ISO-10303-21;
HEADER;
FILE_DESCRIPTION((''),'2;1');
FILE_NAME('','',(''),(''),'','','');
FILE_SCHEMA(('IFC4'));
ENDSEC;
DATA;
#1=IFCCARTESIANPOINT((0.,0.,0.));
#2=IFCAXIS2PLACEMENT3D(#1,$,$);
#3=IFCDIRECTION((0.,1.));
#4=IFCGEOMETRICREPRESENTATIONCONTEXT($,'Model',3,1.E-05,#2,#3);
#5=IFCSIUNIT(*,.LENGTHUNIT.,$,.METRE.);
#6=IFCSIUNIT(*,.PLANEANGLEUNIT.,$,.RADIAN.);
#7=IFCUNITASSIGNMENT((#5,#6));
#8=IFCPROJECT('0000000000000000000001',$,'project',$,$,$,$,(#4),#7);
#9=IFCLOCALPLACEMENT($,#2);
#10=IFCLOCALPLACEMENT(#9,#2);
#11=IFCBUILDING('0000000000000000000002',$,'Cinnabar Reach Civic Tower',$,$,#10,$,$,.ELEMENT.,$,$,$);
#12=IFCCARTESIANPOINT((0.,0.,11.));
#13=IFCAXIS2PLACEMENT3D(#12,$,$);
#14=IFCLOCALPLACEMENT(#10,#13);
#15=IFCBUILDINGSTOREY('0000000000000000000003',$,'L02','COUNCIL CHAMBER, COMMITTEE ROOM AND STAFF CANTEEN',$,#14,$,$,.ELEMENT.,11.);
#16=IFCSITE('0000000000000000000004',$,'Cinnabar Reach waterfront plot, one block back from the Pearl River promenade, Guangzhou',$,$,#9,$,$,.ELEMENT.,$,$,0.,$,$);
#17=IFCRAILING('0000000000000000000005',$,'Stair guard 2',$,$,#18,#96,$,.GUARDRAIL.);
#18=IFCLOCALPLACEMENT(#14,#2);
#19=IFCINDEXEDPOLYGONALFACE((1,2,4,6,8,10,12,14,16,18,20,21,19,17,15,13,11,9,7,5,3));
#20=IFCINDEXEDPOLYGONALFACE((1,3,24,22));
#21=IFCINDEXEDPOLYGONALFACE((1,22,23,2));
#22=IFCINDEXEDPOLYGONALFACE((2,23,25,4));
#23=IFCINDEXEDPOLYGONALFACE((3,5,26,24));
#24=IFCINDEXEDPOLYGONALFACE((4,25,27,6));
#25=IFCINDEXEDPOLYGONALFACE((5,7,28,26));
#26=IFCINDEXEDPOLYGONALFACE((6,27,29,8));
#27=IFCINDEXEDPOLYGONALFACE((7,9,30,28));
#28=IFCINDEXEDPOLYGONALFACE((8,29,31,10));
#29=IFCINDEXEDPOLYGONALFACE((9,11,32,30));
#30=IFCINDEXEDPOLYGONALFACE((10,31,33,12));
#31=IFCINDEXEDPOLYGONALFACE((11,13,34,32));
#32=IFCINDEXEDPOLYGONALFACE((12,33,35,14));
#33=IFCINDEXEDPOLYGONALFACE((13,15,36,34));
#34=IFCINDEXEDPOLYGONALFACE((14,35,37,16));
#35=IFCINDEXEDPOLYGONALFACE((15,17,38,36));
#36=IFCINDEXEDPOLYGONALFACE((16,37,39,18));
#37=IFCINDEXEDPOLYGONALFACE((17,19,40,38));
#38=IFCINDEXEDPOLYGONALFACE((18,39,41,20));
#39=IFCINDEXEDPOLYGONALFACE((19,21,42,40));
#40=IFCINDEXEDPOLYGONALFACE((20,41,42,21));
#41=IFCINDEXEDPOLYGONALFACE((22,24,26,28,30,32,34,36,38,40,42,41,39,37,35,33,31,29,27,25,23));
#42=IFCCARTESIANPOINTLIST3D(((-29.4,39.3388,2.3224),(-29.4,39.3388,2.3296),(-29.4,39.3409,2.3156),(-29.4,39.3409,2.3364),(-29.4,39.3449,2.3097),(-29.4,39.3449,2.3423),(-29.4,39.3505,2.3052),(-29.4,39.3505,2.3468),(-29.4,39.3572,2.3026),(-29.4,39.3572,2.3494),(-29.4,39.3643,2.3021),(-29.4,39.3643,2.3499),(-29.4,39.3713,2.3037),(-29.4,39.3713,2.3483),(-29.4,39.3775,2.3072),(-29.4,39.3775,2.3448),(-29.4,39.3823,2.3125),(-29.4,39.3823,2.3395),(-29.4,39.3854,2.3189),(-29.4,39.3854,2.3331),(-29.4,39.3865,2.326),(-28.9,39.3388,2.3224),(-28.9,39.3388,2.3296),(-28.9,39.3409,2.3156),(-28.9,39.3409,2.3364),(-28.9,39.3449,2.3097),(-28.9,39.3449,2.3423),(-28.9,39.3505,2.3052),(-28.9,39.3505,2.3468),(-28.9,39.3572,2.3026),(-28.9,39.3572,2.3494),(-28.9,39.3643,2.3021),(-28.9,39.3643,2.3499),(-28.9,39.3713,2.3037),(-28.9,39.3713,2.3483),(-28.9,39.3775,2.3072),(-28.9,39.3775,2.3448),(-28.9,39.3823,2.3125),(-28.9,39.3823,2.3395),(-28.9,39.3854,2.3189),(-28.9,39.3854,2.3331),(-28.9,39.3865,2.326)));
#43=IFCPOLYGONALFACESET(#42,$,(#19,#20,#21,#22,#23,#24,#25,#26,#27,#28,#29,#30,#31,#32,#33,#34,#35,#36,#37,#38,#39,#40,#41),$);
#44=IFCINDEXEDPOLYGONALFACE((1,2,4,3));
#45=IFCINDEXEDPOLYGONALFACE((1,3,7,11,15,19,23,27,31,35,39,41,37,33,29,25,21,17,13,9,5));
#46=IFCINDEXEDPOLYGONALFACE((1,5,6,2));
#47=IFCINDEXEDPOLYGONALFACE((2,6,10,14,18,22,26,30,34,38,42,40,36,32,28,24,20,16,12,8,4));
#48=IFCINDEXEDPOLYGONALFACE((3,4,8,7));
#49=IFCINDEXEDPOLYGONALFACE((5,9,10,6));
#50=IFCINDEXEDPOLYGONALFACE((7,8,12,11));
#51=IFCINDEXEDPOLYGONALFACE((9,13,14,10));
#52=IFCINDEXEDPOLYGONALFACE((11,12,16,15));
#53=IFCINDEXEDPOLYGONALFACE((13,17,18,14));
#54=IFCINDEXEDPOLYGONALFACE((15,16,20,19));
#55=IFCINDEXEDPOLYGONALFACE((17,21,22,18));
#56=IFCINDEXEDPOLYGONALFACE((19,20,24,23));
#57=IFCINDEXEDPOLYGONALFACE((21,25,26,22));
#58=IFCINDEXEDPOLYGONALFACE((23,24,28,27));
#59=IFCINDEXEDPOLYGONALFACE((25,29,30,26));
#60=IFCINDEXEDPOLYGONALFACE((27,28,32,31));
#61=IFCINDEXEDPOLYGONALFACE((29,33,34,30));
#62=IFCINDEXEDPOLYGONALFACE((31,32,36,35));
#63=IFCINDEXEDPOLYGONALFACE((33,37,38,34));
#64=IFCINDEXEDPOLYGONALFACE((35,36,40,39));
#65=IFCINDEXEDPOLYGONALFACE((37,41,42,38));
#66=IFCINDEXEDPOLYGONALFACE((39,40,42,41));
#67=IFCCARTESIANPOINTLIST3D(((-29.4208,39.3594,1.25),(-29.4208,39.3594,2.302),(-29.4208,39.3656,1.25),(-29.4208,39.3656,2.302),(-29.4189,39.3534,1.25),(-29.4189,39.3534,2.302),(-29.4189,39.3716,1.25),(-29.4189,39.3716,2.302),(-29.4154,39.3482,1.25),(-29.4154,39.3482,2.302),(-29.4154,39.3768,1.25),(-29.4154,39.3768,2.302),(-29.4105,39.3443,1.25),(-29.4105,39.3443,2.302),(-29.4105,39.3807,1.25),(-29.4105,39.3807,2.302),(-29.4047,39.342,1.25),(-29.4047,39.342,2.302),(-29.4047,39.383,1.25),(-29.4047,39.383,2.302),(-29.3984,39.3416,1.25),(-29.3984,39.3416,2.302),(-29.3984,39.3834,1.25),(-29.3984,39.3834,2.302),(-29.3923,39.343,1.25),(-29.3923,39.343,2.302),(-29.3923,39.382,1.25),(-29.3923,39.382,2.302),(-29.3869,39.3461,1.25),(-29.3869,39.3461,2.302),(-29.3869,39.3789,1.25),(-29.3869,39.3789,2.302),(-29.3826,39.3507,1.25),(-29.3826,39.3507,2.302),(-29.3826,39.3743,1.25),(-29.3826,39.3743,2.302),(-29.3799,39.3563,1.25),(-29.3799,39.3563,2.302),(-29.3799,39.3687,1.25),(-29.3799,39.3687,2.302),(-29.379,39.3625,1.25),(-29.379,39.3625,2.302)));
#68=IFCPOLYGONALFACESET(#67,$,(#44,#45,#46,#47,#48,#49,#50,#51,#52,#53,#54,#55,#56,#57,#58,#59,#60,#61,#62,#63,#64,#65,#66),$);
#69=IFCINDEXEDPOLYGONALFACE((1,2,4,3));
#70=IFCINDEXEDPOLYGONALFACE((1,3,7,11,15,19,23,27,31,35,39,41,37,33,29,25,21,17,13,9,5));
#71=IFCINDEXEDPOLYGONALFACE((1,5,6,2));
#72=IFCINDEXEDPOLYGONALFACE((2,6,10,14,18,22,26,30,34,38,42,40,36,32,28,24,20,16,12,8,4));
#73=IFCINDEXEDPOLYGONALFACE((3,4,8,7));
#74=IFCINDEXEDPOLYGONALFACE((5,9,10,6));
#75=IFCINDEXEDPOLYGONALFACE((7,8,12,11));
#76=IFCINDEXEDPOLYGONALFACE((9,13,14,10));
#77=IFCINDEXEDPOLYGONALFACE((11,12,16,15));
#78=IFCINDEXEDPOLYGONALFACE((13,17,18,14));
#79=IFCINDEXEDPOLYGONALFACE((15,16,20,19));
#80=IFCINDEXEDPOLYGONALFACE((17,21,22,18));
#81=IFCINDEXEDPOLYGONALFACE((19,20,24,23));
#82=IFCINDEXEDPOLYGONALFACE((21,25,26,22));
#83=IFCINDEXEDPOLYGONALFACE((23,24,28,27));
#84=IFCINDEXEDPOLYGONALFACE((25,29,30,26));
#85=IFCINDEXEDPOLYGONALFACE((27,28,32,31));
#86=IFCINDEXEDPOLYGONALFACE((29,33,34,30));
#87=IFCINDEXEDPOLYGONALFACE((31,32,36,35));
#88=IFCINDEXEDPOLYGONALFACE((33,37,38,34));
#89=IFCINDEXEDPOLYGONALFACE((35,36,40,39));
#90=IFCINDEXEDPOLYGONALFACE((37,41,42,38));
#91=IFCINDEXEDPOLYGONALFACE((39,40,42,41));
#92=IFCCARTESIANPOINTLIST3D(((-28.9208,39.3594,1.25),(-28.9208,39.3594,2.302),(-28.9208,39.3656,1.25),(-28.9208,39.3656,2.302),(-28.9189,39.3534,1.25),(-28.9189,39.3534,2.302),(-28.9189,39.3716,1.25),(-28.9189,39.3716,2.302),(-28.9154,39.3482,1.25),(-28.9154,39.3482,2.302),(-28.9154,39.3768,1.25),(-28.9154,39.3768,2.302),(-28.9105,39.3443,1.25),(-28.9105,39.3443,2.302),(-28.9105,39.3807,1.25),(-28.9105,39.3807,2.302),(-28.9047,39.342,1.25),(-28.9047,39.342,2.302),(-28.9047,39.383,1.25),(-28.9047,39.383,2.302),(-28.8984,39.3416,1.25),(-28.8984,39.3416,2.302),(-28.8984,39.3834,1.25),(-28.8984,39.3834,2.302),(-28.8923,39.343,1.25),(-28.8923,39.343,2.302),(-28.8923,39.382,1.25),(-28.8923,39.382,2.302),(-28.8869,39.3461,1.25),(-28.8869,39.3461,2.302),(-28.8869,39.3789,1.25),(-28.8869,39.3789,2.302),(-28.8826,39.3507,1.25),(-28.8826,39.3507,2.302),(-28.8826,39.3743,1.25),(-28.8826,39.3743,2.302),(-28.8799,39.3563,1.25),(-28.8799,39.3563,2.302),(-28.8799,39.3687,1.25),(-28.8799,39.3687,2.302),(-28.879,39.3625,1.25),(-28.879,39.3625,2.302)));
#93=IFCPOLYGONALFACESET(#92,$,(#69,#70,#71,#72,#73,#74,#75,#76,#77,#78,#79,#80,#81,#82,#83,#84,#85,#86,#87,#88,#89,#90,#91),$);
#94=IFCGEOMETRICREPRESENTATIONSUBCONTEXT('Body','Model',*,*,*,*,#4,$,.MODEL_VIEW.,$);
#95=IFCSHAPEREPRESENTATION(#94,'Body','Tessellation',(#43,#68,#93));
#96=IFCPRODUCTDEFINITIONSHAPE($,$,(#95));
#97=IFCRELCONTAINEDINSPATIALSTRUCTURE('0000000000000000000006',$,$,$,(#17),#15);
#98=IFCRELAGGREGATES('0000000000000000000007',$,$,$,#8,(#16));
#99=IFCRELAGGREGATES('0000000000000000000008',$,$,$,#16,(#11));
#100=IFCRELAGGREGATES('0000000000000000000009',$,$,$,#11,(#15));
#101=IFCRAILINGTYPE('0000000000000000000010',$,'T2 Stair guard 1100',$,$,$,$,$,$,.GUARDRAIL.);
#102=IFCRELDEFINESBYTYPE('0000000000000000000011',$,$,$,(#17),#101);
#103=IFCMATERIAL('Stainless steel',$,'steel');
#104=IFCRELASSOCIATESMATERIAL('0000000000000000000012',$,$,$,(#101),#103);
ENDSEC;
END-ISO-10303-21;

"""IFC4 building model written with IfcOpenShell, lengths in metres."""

from ifc_helpers import new_model, si_unit, direction, frame, origin, origin_2d, place, context, subcontext, project, spatial, circle, extrude, material, type_object, element, save


model = new_model("IFC4")

# Units and contexts
model_context = context("Model", 3, precision=1e-05, world=origin(), true_north=direction((0.0, 1.0)))
body_context = subcontext(model_context, "Body", "Model", "MODEL_VIEW")
ifc_project = project(units=[si_unit("LENGTHUNIT", "METRE"), si_unit("PLANEANGLEUNIT", "RADIAN")], contexts=[model_context])

# Site, building, storey
site_placement = place(None, origin())
site = spatial("IfcSite", under=ifc_project, at=site_placement, Name="Cinnabar Reach waterfront plot, one block back from the Pearl River promenade, Guangzhou", CompositionType="ELEMENT", RefElevation=0.0)
building_placement = place(site_placement, origin())
building = spatial("IfcBuilding", under=site, at=building_placement, Name="Cinnabar Reach Civic Tower", CompositionType="ELEMENT")
storey_placement = place(building_placement, frame((0.0, 0.0, 11.0)))
storey = spatial("IfcBuildingStorey", under=building, at=storey_placement, Name="L02", Description="COUNCIL CHAMBER, COMMITTEE ROOM AND STAFF CANTEEN", CompositionType="ELEMENT", Elevation=11.0)

# Railing
ifc_material_1 = material(Name="Stainless steel", Category="steel")
railing_type = type_object("IfcRailingType", Name="T2 Stair guard 1100", PredefinedType="GUARDRAIL", material=ifc_material_1)
railing_1_placement = place(storey_placement, frame((-29.4, 39.3625, 1.25)))
element("IfcRailing", 1, at=railing_1_placement, inside=storey, type_object=railing_type, Name="Stair guard 2", PredefinedType="GUARDRAIL", context=body_context, shape_type="SweptSolid", body=[
    extrude(circle(Radius=0.024, at=origin_2d()), frame((0.0, 0.0, 1.076), z_axis=(1.0, 0.0, 0.0), x_axis=(0.0, 1.0, 0.0)), (0.0, 0.0, 1.0), 0.5),
    extrude(circle(Radius=0.021, at=origin_2d()), origin(), (0.0, 0.0, 1.0), 1.052),
    extrude(circle(Radius=0.021, at=origin_2d()), frame((0.5, 0.0, 0.0)), (0.0, 0.0, 1.0), 1.052),
])

save(model, "model.ifc")
